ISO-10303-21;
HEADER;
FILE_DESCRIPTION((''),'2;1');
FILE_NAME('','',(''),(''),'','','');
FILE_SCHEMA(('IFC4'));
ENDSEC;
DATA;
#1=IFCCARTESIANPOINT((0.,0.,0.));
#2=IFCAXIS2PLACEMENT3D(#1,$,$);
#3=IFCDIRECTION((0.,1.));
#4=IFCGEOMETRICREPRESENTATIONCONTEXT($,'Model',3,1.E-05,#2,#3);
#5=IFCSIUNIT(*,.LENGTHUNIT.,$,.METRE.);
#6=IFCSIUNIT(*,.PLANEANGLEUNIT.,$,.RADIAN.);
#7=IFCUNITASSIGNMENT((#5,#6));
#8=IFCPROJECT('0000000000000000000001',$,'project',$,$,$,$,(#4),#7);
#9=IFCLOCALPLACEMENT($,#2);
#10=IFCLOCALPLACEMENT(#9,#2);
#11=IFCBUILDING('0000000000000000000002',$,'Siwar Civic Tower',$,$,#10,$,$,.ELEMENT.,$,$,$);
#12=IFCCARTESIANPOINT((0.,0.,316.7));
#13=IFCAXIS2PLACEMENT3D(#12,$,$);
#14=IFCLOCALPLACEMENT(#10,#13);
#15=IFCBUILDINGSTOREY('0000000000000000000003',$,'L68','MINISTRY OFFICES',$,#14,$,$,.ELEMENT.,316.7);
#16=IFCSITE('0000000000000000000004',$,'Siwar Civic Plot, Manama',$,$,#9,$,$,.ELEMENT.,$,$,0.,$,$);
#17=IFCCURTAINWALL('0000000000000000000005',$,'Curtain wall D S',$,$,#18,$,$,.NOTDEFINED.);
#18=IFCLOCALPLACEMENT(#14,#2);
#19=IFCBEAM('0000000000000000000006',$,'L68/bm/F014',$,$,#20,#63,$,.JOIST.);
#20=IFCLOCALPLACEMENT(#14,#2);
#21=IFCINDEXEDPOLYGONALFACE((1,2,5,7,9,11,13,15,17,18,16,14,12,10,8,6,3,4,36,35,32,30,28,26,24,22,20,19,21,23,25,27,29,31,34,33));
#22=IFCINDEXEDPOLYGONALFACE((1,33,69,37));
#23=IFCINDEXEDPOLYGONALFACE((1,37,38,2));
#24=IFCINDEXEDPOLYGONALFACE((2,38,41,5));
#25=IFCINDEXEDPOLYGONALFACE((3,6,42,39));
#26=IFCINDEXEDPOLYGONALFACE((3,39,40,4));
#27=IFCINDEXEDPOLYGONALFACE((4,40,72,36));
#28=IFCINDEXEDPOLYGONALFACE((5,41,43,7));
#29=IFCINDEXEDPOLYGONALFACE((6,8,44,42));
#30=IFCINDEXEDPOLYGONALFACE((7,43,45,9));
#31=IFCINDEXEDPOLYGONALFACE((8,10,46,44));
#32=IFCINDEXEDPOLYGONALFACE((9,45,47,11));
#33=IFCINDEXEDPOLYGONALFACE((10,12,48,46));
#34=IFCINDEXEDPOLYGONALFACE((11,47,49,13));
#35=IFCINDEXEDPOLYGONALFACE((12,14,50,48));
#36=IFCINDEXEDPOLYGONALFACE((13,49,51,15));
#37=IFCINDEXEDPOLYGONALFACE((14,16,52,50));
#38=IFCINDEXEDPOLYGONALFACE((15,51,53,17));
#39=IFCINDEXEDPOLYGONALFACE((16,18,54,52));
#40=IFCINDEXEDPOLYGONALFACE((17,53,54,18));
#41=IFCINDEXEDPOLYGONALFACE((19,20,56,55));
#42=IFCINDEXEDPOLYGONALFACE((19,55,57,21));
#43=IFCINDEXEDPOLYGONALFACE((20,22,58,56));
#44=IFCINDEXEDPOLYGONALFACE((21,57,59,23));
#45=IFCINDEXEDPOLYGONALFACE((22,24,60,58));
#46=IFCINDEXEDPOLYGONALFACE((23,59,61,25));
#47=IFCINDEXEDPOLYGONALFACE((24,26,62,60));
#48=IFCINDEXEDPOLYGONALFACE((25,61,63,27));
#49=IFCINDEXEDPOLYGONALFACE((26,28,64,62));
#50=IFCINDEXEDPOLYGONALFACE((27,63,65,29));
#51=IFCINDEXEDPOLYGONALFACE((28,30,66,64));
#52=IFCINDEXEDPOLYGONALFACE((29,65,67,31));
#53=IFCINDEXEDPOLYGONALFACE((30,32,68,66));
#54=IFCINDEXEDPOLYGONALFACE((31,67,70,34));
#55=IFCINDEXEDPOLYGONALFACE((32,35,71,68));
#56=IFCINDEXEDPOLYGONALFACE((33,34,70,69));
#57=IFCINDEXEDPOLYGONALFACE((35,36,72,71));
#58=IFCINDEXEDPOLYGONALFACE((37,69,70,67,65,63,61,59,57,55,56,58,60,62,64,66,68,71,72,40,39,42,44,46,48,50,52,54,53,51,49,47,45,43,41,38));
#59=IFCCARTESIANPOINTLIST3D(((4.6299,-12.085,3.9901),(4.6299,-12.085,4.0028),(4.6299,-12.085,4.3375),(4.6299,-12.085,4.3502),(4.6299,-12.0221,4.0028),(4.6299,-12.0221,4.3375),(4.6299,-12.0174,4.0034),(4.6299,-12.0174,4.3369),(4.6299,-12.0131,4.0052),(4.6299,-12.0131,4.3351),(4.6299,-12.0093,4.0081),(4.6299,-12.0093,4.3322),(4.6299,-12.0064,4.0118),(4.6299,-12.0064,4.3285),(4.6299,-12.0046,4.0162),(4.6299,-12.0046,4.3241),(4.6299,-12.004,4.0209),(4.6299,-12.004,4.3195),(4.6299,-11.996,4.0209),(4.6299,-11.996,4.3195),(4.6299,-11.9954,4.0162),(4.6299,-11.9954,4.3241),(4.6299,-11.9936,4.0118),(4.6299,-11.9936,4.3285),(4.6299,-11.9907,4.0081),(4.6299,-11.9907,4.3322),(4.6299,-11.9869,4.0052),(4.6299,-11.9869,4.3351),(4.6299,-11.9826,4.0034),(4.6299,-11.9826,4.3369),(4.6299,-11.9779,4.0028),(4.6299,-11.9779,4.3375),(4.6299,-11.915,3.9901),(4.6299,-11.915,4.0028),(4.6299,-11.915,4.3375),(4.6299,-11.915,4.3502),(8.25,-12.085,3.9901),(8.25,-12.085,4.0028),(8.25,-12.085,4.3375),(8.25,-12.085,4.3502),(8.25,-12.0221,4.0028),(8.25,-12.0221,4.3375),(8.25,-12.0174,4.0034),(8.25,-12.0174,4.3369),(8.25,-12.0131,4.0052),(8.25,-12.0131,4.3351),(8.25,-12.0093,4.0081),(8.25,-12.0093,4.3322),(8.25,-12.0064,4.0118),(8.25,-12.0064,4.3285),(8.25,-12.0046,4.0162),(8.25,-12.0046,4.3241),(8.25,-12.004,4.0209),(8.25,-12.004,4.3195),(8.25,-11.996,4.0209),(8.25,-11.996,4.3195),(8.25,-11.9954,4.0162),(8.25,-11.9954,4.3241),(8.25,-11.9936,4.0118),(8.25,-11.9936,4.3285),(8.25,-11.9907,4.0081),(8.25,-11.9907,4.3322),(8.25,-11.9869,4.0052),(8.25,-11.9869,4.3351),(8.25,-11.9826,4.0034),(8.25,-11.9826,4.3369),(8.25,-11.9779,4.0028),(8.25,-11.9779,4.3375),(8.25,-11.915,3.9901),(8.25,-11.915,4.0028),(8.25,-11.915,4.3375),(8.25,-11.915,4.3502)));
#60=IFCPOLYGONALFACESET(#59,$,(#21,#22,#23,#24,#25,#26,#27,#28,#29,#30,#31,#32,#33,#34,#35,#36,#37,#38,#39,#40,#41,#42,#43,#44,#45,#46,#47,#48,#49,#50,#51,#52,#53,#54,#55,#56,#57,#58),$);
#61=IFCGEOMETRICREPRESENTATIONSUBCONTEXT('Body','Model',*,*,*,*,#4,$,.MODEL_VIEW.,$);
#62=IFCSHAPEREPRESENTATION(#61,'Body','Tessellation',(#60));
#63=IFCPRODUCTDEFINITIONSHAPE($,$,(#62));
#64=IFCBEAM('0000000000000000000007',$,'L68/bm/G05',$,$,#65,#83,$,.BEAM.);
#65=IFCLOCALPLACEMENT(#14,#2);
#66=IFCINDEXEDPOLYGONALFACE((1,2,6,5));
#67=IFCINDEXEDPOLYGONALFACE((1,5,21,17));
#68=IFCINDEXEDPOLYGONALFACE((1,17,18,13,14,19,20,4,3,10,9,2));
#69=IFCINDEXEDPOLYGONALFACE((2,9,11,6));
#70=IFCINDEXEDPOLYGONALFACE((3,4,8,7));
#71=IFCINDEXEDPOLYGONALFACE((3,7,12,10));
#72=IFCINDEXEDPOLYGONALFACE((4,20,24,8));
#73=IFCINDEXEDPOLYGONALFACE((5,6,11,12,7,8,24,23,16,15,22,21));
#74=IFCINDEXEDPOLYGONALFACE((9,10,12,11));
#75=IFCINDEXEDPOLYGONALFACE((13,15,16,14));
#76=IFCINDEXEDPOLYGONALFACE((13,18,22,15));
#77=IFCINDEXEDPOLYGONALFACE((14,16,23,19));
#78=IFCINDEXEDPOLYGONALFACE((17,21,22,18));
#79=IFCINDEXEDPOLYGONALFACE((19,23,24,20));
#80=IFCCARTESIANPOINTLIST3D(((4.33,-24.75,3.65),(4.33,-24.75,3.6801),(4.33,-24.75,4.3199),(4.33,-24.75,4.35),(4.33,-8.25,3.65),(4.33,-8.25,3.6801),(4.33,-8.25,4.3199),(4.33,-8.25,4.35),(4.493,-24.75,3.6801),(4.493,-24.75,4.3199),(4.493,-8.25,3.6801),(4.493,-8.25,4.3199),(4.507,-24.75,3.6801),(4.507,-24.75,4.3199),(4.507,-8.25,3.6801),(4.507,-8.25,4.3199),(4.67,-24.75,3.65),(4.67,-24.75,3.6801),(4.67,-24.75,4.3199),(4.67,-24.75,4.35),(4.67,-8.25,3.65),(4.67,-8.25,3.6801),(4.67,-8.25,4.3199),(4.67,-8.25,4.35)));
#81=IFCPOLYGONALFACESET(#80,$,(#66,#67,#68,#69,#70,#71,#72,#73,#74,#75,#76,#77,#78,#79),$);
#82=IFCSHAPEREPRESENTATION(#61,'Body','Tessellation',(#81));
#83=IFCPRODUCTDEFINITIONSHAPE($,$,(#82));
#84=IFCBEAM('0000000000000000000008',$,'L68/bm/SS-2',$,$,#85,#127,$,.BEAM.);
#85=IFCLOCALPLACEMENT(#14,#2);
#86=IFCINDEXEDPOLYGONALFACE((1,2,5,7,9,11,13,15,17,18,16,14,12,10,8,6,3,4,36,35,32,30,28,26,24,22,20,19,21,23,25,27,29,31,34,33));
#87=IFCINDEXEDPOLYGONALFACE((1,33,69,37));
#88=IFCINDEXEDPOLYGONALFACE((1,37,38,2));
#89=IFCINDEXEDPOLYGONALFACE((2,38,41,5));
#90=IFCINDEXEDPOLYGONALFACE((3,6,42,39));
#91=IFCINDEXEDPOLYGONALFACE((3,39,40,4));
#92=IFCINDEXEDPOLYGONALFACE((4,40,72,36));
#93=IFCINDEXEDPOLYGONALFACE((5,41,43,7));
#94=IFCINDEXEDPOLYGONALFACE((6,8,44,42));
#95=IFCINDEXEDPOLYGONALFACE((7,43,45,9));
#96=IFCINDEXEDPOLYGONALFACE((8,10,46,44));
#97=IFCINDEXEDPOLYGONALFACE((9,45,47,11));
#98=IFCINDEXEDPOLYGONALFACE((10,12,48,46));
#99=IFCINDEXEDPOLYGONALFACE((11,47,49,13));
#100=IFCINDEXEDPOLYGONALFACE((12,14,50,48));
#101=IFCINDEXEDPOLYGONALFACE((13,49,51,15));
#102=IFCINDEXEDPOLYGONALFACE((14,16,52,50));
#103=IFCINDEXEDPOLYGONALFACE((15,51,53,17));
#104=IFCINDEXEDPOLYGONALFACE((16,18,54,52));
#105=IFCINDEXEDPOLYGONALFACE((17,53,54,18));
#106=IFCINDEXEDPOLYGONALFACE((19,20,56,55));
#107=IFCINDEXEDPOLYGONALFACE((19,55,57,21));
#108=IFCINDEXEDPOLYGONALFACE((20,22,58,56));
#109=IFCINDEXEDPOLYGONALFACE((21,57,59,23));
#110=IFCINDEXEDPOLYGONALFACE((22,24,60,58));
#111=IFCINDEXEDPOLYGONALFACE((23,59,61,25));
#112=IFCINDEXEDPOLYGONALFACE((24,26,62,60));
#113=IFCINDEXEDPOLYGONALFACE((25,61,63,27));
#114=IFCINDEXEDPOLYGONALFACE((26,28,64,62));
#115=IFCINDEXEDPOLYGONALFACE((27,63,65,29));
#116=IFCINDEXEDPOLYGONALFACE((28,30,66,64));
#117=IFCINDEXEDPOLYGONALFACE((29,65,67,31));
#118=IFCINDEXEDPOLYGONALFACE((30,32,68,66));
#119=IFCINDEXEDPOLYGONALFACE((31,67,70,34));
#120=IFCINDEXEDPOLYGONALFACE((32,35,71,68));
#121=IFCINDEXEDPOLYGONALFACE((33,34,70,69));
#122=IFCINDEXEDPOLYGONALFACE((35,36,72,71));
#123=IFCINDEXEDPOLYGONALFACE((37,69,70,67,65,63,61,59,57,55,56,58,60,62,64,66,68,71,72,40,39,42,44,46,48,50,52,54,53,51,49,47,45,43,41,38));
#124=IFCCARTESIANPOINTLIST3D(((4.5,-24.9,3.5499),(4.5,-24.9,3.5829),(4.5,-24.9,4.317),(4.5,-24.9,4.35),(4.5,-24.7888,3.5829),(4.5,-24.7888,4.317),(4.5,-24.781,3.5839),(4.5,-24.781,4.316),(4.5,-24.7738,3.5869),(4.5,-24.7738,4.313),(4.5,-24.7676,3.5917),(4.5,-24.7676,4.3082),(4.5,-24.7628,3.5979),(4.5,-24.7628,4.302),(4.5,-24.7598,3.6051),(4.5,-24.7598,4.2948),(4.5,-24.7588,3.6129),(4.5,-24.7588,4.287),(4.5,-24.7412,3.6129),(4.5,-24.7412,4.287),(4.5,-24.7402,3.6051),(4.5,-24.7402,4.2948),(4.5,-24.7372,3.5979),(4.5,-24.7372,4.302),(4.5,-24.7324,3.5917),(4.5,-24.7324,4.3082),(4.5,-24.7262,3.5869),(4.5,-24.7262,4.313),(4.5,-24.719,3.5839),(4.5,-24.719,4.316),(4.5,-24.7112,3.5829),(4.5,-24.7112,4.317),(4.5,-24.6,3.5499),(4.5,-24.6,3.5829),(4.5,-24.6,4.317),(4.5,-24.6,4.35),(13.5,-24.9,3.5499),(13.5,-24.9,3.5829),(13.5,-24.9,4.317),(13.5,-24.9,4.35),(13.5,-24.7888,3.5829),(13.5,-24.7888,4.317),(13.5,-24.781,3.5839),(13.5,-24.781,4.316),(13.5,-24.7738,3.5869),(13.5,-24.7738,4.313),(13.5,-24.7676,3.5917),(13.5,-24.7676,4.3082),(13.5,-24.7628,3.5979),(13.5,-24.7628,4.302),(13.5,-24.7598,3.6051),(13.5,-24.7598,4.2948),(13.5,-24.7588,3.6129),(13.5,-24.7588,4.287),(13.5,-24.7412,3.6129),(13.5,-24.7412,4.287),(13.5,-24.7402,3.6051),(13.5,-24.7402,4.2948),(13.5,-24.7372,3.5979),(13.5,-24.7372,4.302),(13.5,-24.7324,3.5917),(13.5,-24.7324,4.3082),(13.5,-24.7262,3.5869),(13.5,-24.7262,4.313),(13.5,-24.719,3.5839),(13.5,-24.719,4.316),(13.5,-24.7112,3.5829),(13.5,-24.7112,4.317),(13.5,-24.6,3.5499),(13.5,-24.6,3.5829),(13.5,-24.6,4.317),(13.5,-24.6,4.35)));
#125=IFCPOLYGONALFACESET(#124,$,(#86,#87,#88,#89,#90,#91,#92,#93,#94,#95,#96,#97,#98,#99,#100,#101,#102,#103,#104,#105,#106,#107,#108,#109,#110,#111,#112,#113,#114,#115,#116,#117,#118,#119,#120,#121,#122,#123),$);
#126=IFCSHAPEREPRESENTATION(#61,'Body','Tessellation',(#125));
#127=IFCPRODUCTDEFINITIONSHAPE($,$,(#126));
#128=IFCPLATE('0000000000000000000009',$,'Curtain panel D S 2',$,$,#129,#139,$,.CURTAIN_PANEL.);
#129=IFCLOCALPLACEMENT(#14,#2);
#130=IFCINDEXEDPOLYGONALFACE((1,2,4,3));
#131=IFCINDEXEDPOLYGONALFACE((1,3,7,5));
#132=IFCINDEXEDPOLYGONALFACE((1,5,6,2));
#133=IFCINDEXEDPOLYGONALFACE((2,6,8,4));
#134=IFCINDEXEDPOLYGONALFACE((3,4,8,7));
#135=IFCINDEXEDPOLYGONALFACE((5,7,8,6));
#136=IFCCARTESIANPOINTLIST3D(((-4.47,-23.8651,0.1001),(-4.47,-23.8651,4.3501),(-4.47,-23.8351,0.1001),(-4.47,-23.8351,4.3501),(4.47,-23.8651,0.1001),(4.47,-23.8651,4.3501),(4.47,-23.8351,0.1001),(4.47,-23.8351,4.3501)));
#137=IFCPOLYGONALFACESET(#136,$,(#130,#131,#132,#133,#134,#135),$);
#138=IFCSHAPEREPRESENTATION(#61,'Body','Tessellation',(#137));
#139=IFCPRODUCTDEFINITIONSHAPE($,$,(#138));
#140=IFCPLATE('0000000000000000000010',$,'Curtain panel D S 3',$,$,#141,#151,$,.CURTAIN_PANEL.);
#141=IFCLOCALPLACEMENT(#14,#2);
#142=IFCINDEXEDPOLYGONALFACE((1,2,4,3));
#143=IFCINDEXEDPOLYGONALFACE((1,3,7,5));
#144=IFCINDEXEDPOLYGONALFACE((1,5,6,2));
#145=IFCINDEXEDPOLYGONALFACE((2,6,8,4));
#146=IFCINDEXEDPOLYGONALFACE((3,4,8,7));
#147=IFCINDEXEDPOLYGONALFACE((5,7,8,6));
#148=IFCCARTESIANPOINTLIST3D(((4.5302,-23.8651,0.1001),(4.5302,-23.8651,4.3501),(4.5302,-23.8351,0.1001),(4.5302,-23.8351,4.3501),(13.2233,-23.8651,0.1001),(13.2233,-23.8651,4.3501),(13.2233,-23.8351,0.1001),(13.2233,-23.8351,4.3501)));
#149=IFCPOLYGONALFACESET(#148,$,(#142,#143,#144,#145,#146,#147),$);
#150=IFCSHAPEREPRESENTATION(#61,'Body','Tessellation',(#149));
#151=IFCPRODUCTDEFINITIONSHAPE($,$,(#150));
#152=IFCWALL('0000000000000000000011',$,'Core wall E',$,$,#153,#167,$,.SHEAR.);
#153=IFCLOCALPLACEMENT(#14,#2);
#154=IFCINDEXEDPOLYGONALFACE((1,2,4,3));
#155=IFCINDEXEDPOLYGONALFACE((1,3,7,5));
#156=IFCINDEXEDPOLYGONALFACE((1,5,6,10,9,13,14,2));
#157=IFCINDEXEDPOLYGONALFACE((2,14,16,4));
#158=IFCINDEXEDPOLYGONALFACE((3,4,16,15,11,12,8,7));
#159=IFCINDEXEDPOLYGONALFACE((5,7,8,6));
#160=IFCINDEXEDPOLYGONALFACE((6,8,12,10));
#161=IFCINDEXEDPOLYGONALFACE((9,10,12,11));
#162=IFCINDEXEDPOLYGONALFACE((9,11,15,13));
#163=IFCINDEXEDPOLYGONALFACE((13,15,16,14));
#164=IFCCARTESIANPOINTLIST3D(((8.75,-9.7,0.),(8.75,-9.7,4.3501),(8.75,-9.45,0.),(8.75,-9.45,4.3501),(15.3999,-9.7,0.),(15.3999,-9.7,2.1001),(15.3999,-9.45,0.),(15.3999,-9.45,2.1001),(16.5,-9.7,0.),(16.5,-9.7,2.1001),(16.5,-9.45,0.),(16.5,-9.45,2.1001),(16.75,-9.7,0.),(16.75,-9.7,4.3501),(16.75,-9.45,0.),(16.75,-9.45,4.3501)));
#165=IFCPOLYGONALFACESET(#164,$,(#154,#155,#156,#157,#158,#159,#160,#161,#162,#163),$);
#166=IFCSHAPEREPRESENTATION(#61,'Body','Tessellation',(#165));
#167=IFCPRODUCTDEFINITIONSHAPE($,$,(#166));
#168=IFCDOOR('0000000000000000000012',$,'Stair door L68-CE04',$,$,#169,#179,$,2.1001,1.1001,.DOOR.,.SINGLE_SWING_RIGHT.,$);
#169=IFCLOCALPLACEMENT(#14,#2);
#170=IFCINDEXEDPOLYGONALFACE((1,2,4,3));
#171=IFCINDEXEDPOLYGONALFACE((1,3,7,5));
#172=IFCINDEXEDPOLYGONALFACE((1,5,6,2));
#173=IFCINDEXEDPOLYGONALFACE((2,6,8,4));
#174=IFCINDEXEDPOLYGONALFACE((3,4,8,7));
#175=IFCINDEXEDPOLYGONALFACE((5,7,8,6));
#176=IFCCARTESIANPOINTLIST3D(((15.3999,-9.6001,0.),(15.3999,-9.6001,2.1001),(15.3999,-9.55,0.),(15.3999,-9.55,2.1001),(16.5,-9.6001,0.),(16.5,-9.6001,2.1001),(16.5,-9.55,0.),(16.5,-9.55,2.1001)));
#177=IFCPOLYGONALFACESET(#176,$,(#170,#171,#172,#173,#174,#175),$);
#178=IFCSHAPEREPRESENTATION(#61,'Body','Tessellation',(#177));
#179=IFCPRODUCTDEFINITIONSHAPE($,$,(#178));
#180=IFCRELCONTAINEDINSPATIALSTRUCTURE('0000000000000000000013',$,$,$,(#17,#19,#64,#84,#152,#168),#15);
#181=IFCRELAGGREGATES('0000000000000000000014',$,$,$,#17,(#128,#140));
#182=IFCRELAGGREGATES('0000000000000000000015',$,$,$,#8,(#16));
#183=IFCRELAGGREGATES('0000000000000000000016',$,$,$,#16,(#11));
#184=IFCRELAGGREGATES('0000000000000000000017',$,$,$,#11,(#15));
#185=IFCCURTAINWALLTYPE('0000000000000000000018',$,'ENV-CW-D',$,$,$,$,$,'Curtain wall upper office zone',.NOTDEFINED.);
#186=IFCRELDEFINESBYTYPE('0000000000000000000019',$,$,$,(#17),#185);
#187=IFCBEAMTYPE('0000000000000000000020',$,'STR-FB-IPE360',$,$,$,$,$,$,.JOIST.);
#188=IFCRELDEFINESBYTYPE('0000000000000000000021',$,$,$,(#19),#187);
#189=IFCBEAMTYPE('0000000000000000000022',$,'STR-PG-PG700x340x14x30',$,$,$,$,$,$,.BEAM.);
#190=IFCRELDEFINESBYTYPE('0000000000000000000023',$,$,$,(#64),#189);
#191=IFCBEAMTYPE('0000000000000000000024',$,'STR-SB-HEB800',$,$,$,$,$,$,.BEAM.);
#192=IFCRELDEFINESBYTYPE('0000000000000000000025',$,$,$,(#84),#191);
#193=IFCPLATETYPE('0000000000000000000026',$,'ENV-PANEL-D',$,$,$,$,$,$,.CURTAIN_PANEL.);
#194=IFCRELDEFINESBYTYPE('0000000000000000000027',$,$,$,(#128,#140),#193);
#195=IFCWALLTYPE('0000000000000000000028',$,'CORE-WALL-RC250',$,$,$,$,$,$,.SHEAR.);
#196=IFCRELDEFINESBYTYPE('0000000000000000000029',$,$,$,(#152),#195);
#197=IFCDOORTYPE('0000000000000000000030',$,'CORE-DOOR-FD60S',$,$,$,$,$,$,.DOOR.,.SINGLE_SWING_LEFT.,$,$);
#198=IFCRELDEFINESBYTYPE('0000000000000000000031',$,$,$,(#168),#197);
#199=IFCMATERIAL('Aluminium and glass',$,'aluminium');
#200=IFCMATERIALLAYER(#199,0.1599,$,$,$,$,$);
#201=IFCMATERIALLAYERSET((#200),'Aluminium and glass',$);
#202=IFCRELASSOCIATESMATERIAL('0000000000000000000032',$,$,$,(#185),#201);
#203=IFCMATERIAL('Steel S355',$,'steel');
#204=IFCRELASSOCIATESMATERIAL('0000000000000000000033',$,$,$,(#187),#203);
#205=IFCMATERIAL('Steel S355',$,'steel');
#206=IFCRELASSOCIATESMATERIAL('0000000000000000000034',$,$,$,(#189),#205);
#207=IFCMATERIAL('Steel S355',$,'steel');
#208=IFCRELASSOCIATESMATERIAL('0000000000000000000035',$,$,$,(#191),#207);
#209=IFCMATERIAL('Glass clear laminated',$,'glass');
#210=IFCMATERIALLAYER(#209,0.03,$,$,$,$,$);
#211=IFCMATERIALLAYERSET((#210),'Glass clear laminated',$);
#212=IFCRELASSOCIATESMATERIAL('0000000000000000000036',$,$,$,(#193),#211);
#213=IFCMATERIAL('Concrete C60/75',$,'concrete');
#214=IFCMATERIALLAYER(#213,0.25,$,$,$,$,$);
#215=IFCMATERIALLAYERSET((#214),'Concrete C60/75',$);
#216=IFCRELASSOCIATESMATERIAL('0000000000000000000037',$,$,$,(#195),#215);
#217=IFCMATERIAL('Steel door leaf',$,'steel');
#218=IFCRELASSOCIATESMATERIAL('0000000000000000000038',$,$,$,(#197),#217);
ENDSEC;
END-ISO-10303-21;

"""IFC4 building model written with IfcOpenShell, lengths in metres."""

from ifc_helpers import new_model, si_unit, direction, frame, frame_2d, origin, origin_2d, place, context, subcontext, project, spatial, rectangle, i_section, extrude, material, layer, layer_set, material_profile, profile_set, type_object, element, fill, aggregate, save


model = new_model("IFC4")

# Units and contexts
model_context = context("Model", 3, precision=1e-05, world=origin(), true_north=direction((0.0, 1.0)))
body_context = subcontext(model_context, "Body", "Model", "MODEL_VIEW")
ifc_project = project(units=[si_unit("LENGTHUNIT", "METRE"), si_unit("PLANEANGLEUNIT", "RADIAN")], contexts=[model_context])

# Site, building, storey
site_placement = place(None, origin())
site = spatial("IfcSite", under=ifc_project, at=site_placement, Name="Siwar Civic Plot, Manama", CompositionType="ELEMENT", RefElevation=0.0)
building_placement = place(site_placement, origin())
building = spatial("IfcBuilding", under=site, at=building_placement, Name="Siwar Civic Tower", CompositionType="ELEMENT")
storey_placement = place(building_placement, frame((0.0, 0.0, 316.7)))
storey = spatial("IfcBuildingStorey", under=building, at=storey_placement, Name="L68", Description="MINISTRY OFFICES", CompositionType="ELEMENT", Elevation=316.7)

# Curtain wall
ifc_material_1 = material(Name="Aluminium and glass", Category="aluminium")
ifc_layer_1 = layer(ifc_material_1, 0.1599)
ifc_layer_set_1 = layer_set([ifc_layer_1], Name="Aluminium and glass")
curtain_wall_type_1 = type_object("IfcCurtainWallType", Name="ENV-CW-D", ElementType="Curtain wall upper office zone", PredefinedType="NOTDEFINED", material=ifc_layer_set_1)
curtain_wall_1_placement = place(storey_placement, origin())
curtain_wall_1 = element("IfcCurtainWall", 1, at=curtain_wall_1_placement, inside=storey, type_object=curtain_wall_type_1, Name="Curtain wall D S", PredefinedType="NOTDEFINED")

# Beams
ifc_material_2 = material(Name="Steel S355", Category="steel")
ifc_material_profile_1 = material_profile(ifc_material_2, i_section(OverallWidth=0.1699, OverallDepth=0.3601, WebThickness=0.0081, FlangeThickness=0.0127, FilletRadius=0.0181, at=origin_2d()), Name="IPE360")
ifc_profile_set_1 = profile_set([ifc_material_profile_1], Name="Steel S355")
beam_type_1 = type_object("IfcBeamType", Name="STR-FB-IPE360", PredefinedType="JOIST", material=ifc_profile_set_1)
beam_1_placement = place(storey_placement, frame((4.6299, -12.0, 4.1702), z_axis=(1.0, 0.0, 0.0), x_axis=(0.0, 1.0, 0.0)))
element("IfcBeam", 2, at=beam_1_placement, inside=storey, type_object=beam_type_1, Name="L68/bm/F014", PredefinedType="JOIST", context=body_context, shape_type="SweptSolid", body=[
    extrude(i_section(OverallWidth=0.1699, OverallDepth=0.3601, WebThickness=0.0081, FlangeThickness=0.0127, FilletRadius=0.0181, at=origin_2d()), origin(), (0.0, 0.0, 1.0), 3.6201),
])
ifc_material_3 = material(Name="Steel S355", Category="steel")
ifc_material_profile_2 = material_profile(ifc_material_3, i_section(OverallWidth=0.3401, OverallDepth=0.7, WebThickness=0.0139, FlangeThickness=0.03, at=origin_2d()), Name="PG700x340x14x30")
ifc_profile_set_2 = profile_set([ifc_material_profile_2], Name="Steel S355")
beam_type_2 = type_object("IfcBeamType", Name="STR-PG-PG700x340x14x30", PredefinedType="BEAM", material=ifc_profile_set_2)
beam_2_placement = place(storey_placement, frame((4.5, -24.75, 4.0), z_axis=(0.0, 1.0, 0.0), x_axis=(-1.0, 0.0, 0.0)))
element("IfcBeam", 3, at=beam_2_placement, inside=storey, type_object=beam_type_2, Name="L68/bm/G05", PredefinedType="BEAM", context=body_context, shape_type="SweptSolid", body=[
    extrude(i_section(OverallWidth=0.3401, OverallDepth=0.7, WebThickness=0.0139, FlangeThickness=0.03, at=origin_2d()), origin(), (0.0, 0.0, 1.0), 16.5),
])
ifc_material_4 = material(Name="Steel S355", Category="steel")
ifc_material_profile_3 = material_profile(ifc_material_4, i_section(OverallWidth=0.3, OverallDepth=0.8, WebThickness=0.0176, FlangeThickness=0.033, FilletRadius=0.03, at=origin_2d()), Name="HEB800")
ifc_profile_set_3 = profile_set([ifc_material_profile_3], Name="Steel S355")
beam_type_3 = type_object("IfcBeamType", Name="STR-SB-HEB800", PredefinedType="BEAM", material=ifc_profile_set_3)
beam_3_placement = place(storey_placement, frame((4.5, -24.75, 3.95), z_axis=(1.0, 0.0, 0.0), x_axis=(0.0, 1.0, 0.0)))
element("IfcBeam", 4, at=beam_3_placement, inside=storey, type_object=beam_type_3, Name="L68/bm/SS-2", PredefinedType="BEAM", context=body_context, shape_type="SweptSolid", body=[
    extrude(i_section(OverallWidth=0.3, OverallDepth=0.8, WebThickness=0.0176, FlangeThickness=0.033, FilletRadius=0.03, at=origin_2d()), origin(), (0.0, 0.0, 1.0), 9.0),
])

# Plates
ifc_material_5 = material(Name="Glass clear laminated", Category="glass")
ifc_layer_2 = layer(ifc_material_5, 0.03)
ifc_layer_set_2 = layer_set([ifc_layer_2], Name="Glass clear laminated")
plate_type = type_object("IfcPlateType", Name="ENV-PANEL-D", PredefinedType="CURTAIN_PANEL", material=ifc_layer_set_2)
plate_1_placement = place(storey_placement, frame((0.0, -23.8501, 0.1001), z_axis=(0.0, 0.0, 1.0), x_axis=(1.0, 0.0, 0.0)))
plate_1 = element("IfcPlate", 5, at=plate_1_placement, type_object=plate_type, Name="Curtain panel D S 2", PredefinedType="CURTAIN_PANEL", context=body_context, shape_type="SweptSolid", body=[
    extrude(rectangle(XDim=8.9399, YDim=0.03, at=origin_2d()), origin(), (0.0, 0.0, 1.0), 4.25),
])
plate_2_placement = place(storey_placement, frame((8.8767, -23.8501, 0.1001), z_axis=(0.0, 0.0, 1.0), x_axis=(1.0, 0.0, 0.0)))
plate_2 = element("IfcPlate", 6, at=plate_2_placement, type_object=plate_type, Name="Curtain panel D S 3", PredefinedType="CURTAIN_PANEL", context=body_context, shape_type="SweptSolid", body=[
    extrude(rectangle(XDim=8.6931, YDim=0.03, at=origin_2d()), origin(), (0.0, 0.0, 1.0), 4.25),
])
aggregate(curtain_wall_1, [plate_1, plate_2])

# Wall, opening, door
ifc_material_6 = material(Name="Concrete C60/75", Category="concrete")
ifc_layer_3 = layer(ifc_material_6, 0.25)
ifc_layer_set_3 = layer_set([ifc_layer_3], Name="Concrete C60/75")
wall_type_1 = type_object("IfcWallType", Name="CORE-WALL-RC250", PredefinedType="SHEAR", material=ifc_layer_set_3)
wall_1_placement = place(storey_placement, frame((8.75, -9.575, 0.0), z_axis=(0.0, 0.0, 1.0), x_axis=(1.0, 0.0, 0.0)))
wall_1 = element("IfcWall", 7, at=wall_1_placement, inside=storey, type_object=wall_type_1, Name="Core wall E", PredefinedType="SHEAR", context=body_context, shape_type="SweptSolid", body=[
    extrude(rectangle(XDim=8.0, YDim=0.25, at=frame_2d((4.0, 0.0))), origin(), (0.0, 0.0, 1.0), 4.3501),
])
opening_1_placement = place(wall_1_placement, frame((6.6499, 0.0, 0.0)))
opening_1 = element("IfcOpeningElement", 8, at=opening_1_placement, cuts=wall_1, PredefinedType="OPENING", context=body_context, shape_type="SweptSolid", body=[
    extrude(rectangle(XDim=1.1001, YDim=2.1001, at=frame_2d((0.55, 1.05))), frame((0.0, 0.135, 0.0), z_axis=(0.0, -1.0, 0.0), x_axis=(1.0, 0.0, 0.0)), (0.0, 0.0, 1.0), 0.27),
])
ifc_material_7 = material(Name="Steel door leaf", Category="steel")
door_type_1 = type_object("IfcDoorType", Name="CORE-DOOR-FD60S", OperationType="SINGLE_SWING_LEFT", PredefinedType="DOOR", material=ifc_material_7)
door_1_placement = place(opening_1_placement, origin())
door_1 = element("IfcDoor", 9, at=door_1_placement, inside=storey, type_object=door_type_1, Name="Stair door L68-CE04", OperationType="SINGLE_SWING_RIGHT", OverallHeight=2.1001, OverallWidth=1.1001, PredefinedType="DOOR", context=body_context, shape_type="SweptSolid", body=[
    extrude(rectangle(XDim=1.1001, YDim=2.1001, at=frame_2d((0.55, 1.05))), frame((0.0, 0.0249, 0.0), z_axis=(0.0, -1.0, 0.0), x_axis=(1.0, 0.0, 0.0)), (0.0, 0.0, 1.0), 0.05),
])
fill(opening_1, door_1)

save(model, "model.ifc")
